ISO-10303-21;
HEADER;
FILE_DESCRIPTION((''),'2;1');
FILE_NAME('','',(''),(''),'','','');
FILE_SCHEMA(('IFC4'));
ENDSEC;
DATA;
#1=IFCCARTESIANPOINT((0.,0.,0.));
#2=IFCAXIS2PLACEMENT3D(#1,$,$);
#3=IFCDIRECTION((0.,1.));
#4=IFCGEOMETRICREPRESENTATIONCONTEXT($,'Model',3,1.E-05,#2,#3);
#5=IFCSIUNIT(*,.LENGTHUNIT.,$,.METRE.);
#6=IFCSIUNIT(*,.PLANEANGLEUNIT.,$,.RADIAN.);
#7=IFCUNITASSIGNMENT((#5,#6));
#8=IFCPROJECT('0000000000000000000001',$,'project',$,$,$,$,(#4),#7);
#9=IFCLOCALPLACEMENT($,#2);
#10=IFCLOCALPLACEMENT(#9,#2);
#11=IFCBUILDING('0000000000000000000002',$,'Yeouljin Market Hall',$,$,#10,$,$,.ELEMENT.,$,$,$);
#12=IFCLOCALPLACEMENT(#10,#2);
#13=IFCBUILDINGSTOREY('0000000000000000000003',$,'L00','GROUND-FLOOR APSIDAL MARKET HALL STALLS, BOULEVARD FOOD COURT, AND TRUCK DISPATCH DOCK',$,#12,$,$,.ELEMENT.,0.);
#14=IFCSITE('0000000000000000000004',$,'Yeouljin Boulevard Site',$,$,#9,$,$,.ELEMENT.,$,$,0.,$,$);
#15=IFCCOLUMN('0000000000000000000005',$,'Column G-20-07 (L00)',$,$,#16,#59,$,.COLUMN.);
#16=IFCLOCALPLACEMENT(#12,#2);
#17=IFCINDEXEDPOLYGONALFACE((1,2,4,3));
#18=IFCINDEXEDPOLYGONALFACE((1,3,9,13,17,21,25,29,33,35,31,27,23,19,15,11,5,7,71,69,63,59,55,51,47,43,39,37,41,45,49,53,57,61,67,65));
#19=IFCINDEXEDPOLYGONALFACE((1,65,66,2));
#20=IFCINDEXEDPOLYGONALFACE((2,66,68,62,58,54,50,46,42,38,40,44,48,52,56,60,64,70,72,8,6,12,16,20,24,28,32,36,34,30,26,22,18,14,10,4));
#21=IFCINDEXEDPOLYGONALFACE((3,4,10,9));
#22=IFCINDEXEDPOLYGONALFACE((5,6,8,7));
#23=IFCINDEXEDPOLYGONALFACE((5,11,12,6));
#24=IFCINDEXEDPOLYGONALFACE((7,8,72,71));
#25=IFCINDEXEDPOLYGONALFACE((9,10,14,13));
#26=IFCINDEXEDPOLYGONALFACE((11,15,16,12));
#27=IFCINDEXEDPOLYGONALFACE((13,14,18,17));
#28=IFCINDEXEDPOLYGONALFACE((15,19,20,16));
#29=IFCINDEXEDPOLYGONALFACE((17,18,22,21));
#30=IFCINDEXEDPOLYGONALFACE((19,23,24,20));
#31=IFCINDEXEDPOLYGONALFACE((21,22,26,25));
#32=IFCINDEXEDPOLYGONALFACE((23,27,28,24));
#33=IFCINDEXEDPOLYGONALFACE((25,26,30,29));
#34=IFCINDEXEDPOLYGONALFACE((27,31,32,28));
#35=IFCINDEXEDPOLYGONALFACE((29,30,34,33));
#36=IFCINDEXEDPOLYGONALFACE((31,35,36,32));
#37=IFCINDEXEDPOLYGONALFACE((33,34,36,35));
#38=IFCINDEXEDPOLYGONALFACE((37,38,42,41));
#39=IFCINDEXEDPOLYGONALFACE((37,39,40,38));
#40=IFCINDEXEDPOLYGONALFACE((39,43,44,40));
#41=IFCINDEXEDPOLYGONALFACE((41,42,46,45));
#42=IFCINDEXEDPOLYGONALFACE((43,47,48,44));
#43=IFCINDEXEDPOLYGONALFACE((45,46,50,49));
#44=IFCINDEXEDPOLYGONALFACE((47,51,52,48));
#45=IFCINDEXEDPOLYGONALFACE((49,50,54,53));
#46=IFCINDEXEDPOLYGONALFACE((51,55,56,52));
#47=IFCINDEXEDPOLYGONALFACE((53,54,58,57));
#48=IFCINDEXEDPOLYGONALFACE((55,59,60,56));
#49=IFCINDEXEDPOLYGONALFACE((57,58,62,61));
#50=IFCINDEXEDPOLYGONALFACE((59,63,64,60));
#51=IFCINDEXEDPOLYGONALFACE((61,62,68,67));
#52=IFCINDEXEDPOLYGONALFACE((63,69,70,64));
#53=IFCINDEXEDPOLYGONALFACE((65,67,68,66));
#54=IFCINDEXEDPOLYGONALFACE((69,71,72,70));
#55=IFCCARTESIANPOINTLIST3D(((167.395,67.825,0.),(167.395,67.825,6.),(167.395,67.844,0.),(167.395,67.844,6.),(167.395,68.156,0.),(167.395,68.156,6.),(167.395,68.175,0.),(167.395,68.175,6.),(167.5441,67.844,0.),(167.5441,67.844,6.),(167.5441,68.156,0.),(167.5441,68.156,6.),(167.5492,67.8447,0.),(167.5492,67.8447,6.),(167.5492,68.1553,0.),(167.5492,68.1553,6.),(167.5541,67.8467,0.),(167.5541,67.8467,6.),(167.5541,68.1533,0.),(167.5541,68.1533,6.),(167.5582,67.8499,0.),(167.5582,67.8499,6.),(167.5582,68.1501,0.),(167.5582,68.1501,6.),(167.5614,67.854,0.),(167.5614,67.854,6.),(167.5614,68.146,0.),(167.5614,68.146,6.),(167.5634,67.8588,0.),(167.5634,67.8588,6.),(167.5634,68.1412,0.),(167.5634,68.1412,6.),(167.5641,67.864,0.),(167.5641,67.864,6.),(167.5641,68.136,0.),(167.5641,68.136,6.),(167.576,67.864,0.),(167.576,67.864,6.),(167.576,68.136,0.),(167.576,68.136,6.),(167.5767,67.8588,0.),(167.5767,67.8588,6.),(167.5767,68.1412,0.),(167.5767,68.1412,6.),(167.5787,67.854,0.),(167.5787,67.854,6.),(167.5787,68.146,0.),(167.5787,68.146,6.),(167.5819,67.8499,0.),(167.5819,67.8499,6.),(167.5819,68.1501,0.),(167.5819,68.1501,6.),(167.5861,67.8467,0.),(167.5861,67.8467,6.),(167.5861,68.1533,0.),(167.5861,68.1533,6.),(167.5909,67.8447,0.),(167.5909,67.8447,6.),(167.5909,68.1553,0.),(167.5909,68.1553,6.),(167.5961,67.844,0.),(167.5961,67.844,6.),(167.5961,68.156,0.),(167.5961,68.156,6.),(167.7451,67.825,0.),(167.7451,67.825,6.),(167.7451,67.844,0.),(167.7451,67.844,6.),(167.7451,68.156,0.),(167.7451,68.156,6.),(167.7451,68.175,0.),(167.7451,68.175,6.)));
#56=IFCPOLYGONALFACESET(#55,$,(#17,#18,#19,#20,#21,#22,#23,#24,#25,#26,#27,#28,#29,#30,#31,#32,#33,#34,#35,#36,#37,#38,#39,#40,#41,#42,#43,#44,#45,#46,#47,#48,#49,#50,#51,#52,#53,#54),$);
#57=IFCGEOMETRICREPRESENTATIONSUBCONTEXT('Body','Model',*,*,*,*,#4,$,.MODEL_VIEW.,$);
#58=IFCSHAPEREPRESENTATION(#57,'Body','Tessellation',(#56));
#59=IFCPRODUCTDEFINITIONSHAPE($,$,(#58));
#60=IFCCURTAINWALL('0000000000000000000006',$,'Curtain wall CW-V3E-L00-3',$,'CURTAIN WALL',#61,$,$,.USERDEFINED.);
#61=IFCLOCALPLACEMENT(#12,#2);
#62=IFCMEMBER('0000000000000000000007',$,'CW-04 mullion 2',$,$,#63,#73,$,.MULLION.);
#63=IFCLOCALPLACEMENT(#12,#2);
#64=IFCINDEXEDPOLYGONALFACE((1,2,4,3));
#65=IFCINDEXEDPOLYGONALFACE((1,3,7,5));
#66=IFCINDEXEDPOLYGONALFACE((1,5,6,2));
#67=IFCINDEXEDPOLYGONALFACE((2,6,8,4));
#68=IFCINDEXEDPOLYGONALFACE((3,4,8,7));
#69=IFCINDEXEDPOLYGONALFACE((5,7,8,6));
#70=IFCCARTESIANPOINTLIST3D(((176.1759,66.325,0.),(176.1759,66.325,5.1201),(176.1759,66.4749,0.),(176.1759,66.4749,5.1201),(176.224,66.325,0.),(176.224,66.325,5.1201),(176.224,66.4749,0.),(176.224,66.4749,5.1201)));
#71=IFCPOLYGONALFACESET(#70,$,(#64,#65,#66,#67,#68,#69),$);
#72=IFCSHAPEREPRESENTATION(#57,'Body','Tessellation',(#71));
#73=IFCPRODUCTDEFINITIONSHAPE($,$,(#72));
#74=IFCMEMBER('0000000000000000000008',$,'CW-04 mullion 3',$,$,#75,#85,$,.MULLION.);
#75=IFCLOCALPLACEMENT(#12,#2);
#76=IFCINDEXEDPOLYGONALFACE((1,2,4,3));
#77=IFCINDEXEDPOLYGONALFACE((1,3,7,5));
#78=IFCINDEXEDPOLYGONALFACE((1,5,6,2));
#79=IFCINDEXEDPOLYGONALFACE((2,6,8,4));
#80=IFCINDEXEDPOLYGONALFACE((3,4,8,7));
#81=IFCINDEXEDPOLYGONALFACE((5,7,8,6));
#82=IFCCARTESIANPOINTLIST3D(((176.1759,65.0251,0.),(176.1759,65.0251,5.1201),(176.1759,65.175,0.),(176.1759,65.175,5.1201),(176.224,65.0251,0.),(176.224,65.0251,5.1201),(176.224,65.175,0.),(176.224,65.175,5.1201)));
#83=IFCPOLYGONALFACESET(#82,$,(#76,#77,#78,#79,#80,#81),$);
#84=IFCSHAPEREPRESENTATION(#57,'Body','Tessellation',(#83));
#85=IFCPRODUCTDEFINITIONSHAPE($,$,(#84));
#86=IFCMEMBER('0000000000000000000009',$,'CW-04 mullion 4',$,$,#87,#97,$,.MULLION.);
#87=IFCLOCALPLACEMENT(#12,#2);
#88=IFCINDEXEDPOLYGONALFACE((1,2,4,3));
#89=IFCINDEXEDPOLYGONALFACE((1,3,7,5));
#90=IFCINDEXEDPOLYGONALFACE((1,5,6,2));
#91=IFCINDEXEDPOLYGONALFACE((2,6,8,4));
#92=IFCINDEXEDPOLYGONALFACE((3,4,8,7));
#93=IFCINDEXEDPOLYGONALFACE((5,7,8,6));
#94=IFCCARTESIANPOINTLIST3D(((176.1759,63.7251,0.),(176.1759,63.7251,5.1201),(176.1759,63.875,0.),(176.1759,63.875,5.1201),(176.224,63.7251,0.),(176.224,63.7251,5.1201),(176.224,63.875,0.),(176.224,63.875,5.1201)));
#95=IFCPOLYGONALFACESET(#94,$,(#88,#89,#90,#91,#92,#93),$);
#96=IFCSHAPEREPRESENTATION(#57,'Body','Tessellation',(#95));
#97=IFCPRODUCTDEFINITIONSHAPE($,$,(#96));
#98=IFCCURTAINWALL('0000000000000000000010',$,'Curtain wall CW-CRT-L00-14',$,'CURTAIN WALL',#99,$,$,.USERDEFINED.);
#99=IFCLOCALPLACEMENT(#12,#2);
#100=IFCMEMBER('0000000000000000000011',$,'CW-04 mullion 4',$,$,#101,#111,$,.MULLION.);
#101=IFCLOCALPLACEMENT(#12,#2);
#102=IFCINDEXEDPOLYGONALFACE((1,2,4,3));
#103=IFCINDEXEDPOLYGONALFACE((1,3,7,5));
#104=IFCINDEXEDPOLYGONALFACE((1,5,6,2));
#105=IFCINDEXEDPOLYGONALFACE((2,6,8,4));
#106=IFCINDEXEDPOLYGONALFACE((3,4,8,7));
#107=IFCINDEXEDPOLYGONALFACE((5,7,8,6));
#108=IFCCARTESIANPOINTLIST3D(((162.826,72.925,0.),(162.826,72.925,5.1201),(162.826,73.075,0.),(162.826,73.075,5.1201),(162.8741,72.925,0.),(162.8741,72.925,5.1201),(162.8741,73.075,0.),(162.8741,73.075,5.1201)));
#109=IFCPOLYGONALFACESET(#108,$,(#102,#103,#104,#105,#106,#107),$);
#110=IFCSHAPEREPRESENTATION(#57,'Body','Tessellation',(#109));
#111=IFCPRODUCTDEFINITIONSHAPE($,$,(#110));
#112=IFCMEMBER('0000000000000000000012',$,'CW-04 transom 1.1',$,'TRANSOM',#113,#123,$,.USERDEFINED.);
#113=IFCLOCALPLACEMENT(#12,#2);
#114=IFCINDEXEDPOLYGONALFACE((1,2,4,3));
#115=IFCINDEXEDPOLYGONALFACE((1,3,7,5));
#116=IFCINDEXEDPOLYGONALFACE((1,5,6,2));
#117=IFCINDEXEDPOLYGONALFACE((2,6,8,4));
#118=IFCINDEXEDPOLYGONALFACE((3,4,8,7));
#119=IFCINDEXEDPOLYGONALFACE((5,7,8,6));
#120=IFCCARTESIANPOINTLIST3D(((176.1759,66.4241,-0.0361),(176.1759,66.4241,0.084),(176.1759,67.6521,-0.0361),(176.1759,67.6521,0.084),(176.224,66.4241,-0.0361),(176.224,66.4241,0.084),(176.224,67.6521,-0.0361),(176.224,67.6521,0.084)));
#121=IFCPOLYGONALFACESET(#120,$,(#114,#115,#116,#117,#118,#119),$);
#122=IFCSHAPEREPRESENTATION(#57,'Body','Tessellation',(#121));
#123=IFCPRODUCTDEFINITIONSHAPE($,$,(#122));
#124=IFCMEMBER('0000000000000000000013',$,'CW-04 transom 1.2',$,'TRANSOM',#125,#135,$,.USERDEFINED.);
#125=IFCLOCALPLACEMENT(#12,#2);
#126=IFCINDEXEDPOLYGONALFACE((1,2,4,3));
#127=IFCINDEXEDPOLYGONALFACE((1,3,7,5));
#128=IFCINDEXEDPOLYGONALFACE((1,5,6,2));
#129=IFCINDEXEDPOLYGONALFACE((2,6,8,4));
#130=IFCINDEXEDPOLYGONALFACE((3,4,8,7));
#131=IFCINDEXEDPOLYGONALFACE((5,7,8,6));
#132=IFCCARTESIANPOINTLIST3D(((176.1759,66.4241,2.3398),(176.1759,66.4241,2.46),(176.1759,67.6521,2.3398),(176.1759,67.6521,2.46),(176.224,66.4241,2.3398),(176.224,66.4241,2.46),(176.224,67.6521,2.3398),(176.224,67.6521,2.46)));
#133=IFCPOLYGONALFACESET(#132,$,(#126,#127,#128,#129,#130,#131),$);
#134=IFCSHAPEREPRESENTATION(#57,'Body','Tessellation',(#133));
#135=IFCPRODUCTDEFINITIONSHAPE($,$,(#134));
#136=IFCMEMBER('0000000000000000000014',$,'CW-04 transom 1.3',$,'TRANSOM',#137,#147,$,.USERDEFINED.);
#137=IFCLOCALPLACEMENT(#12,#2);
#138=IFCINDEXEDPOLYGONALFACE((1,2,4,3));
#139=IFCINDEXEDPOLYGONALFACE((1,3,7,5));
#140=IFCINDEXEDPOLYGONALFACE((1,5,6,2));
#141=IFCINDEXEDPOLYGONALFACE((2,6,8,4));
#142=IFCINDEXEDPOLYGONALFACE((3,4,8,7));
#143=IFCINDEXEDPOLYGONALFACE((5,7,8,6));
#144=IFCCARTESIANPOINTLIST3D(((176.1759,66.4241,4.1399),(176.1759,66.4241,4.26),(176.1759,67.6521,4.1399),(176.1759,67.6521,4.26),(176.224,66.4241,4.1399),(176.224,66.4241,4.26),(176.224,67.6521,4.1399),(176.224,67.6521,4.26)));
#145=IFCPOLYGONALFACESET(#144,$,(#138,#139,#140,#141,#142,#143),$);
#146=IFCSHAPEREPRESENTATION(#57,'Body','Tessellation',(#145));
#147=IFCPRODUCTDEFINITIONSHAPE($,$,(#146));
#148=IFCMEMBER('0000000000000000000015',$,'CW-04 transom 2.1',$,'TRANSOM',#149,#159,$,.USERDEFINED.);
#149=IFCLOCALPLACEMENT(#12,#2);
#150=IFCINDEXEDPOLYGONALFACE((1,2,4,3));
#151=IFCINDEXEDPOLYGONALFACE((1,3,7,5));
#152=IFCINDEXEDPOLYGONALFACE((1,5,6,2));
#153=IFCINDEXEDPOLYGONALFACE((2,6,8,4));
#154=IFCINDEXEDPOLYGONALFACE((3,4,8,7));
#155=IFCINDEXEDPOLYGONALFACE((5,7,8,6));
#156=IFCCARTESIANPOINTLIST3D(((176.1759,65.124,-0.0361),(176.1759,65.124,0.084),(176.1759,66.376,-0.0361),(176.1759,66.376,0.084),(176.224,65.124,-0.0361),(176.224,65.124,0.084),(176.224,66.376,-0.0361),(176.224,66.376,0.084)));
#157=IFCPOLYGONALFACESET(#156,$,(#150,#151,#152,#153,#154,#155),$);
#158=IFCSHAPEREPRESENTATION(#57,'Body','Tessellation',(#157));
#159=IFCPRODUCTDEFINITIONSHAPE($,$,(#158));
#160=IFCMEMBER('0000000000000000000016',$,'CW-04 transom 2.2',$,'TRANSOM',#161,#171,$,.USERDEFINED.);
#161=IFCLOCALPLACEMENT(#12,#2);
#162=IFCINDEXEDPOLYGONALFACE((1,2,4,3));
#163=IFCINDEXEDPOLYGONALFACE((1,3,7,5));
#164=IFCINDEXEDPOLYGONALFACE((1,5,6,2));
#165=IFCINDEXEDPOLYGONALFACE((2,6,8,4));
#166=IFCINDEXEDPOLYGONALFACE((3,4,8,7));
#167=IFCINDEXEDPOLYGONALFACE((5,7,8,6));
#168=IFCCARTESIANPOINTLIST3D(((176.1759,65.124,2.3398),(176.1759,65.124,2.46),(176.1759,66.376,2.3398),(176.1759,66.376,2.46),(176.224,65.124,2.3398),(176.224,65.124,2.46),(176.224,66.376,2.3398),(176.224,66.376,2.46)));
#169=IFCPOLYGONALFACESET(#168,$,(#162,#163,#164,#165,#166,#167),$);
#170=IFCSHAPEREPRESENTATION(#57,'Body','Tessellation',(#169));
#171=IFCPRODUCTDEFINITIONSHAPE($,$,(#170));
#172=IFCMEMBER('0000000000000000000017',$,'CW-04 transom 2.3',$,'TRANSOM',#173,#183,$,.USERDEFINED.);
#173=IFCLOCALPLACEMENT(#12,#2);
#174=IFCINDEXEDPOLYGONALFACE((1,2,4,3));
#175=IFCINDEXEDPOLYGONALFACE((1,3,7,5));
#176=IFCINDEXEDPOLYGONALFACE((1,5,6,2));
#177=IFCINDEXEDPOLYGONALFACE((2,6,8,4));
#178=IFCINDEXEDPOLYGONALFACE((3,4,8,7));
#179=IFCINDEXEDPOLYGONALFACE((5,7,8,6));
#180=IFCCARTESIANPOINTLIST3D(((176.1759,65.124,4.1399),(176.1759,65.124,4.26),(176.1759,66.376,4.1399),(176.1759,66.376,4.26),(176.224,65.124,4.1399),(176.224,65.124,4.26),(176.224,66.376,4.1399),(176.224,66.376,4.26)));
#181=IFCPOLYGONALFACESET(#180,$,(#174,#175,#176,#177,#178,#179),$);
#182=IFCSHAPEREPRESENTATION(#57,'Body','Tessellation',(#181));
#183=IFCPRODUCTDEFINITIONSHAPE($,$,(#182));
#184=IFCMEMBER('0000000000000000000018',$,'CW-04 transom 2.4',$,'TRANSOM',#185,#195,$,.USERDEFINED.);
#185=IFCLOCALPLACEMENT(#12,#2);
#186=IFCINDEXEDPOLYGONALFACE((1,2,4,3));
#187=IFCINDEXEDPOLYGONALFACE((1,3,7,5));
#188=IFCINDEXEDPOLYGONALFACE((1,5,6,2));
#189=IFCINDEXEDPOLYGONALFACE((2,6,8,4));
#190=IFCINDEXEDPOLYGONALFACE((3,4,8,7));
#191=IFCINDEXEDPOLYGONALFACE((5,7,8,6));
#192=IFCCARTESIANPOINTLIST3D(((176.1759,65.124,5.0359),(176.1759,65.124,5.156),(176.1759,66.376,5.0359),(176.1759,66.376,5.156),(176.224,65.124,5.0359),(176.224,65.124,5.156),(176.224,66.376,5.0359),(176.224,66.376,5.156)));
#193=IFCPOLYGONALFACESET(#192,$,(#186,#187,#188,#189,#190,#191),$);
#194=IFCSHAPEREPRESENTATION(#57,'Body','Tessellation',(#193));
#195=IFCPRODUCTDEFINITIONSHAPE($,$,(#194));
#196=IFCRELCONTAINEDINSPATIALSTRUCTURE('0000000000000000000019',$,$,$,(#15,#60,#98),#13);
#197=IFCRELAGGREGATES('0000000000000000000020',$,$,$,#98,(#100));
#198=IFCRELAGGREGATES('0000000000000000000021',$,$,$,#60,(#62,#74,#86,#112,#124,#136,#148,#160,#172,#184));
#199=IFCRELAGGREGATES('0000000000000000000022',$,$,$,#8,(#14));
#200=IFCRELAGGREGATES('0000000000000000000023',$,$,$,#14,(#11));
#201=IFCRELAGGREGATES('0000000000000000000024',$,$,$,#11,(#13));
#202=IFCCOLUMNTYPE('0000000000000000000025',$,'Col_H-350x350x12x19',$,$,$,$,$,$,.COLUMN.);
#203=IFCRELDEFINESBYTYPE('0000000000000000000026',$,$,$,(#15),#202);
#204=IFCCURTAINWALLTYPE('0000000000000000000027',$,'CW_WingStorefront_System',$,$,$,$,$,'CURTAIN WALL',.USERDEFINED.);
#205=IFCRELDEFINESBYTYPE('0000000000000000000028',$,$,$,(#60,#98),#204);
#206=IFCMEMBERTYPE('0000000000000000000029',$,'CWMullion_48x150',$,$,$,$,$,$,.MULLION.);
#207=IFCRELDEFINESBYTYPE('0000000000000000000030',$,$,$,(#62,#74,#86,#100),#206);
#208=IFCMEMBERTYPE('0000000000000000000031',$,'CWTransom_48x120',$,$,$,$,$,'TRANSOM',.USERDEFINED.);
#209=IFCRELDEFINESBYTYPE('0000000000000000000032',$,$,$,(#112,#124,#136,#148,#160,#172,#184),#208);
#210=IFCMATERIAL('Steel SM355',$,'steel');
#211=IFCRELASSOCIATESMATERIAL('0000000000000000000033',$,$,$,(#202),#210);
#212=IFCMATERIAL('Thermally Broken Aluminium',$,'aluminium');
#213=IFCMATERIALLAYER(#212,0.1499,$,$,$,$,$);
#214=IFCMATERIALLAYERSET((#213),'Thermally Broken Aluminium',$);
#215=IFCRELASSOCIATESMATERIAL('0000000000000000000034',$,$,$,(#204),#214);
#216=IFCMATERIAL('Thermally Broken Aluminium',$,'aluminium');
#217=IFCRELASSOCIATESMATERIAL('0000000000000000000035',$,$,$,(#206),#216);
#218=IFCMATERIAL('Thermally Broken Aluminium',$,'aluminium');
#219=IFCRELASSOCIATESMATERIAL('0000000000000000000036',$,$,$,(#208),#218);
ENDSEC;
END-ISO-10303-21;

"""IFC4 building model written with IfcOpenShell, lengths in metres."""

from ifc_helpers import new_model, si_unit, direction, frame, origin, origin_2d, place, context, subcontext, project, spatial, rectangle, i_section, extrude, material, layer, layer_set, material_profile, profile_set, type_object, element, aggregate, save


model = new_model("IFC4")

# Units and contexts
model_context = context("Model", 3, precision=1e-05, world=origin(), true_north=direction((0.0, 1.0)))
body_context = subcontext(model_context, "Body", "Model", "MODEL_VIEW")
ifc_project = project(units=[si_unit("LENGTHUNIT", "METRE"), si_unit("PLANEANGLEUNIT", "RADIAN")], contexts=[model_context])

# Site, building, storey
site_placement = place(None, origin())
site = spatial("IfcSite", under=ifc_project, at=site_placement, Name="Yeouljin Boulevard Site", CompositionType="ELEMENT", RefElevation=0.0)
building_placement = place(site_placement, origin())
building = spatial("IfcBuilding", under=site, at=building_placement, Name="Yeouljin Market Hall", CompositionType="ELEMENT")
storey_placement = place(building_placement, origin())
storey = spatial("IfcBuildingStorey", under=building, at=storey_placement, Name="L00", Description="GROUND-FLOOR APSIDAL MARKET HALL STALLS, BOULEVARD FOOD COURT, AND TRUCK DISPATCH DOCK", CompositionType="ELEMENT", Elevation=0.0)

# Column
ifc_material_1 = material(Name="Steel SM355", Category="steel")
ifc_material_profile_1 = material_profile(ifc_material_1, i_section(OverallWidth=0.3501, OverallDepth=0.3501, WebThickness=0.012, FlangeThickness=0.019, FilletRadius=0.02, at=origin_2d()), Name="H-350x350x12x19")
ifc_profile_set_1 = profile_set([ifc_material_profile_1], Name="Steel SM355")
column_type = type_object("IfcColumnType", Name="Col_H-350x350x12x19", PredefinedType="COLUMN", material=ifc_profile_set_1)
column_placement = place(storey_placement, frame((167.5701, 68.0, 0.0), z_axis=(0.0, 0.0, 1.0), x_axis=(1.0, 0.0, 0.0)))
element("IfcColumn", 1, at=column_placement, inside=storey, type_object=column_type, Name="Column G-20-07 (L00)", PredefinedType="COLUMN", context=body_context, shape_type="SweptSolid", body=[
    extrude(i_section(OverallWidth=0.3501, OverallDepth=0.3501, WebThickness=0.012, FlangeThickness=0.019, FilletRadius=0.02, at=origin_2d()), origin(), (0.0, 0.0, 1.0), 6.0),
])

# Curtain wall, members
ifc_material_2 = material(Name="Thermally Broken Aluminium", Category="aluminium")
ifc_layer_1 = layer(ifc_material_2, 0.1499)
ifc_layer_set_1 = layer_set([ifc_layer_1], Name="Thermally Broken Aluminium")
curtain_wall_type = type_object("IfcCurtainWallType", Name="CW_WingStorefront_System", ElementType="CURTAIN WALL", PredefinedType="USERDEFINED", material=ifc_layer_set_1)
curtain_wall_1_placement = place(storey_placement, origin())
curtain_wall_1 = element("IfcCurtainWall", 2, at=curtain_wall_1_placement, inside=storey, type_object=curtain_wall_type, Name="Curtain wall CW-V3E-L00-3", ObjectType="CURTAIN WALL", PredefinedType="USERDEFINED")
ifc_material_3 = material(Name="Thermally Broken Aluminium", Category="aluminium")
ifc_material_profile_2 = material_profile(ifc_material_3, rectangle(XDim=0.0481, YDim=0.1499, at=origin_2d()), Name="CW-MULL-48x150")
ifc_profile_set_2 = profile_set([ifc_material_profile_2], Name="Thermally Broken Aluminium")
member_type_1 = type_object("IfcMemberType", Name="CWMullion_48x150", PredefinedType="MULLION", material=ifc_profile_set_2)
member_1_placement = place(storey_placement, frame((176.2, 66.3999, 0.0), z_axis=(0.0, 0.0, 1.0), x_axis=(1.0, 0.0, 0.0)))
member_1 = element("IfcMember", 3, at=member_1_placement, type_object=member_type_1, Name="CW-04 mullion 2", PredefinedType="MULLION", context=body_context, shape_type="SweptSolid", body=[
    extrude(rectangle(XDim=0.0481, YDim=0.1499, at=origin_2d()), origin(), (0.0, 0.0, 1.0), 5.1201),
])
member_2_placement = place(storey_placement, frame((176.2, 65.1001, 0.0), z_axis=(0.0, 0.0, 1.0), x_axis=(1.0, 0.0, 0.0)))
member_2 = element("IfcMember", 4, at=member_2_placement, type_object=member_type_1, Name="CW-04 mullion 3", PredefinedType="MULLION", context=body_context, shape_type="SweptSolid", body=[
    extrude(rectangle(XDim=0.0481, YDim=0.1499, at=origin_2d()), origin(), (0.0, 0.0, 1.0), 5.1201),
])
member_3_placement = place(storey_placement, frame((176.2, 63.8, 0.0), z_axis=(0.0, 0.0, 1.0), x_axis=(1.0, 0.0, 0.0)))
member_3 = element("IfcMember", 5, at=member_3_placement, type_object=member_type_1, Name="CW-04 mullion 4", PredefinedType="MULLION", context=body_context, shape_type="SweptSolid", body=[
    extrude(rectangle(XDim=0.0481, YDim=0.1499, at=origin_2d()), origin(), (0.0, 0.0, 1.0), 5.1201),
])

# Curtain wall, member
curtain_wall_2_placement = place(storey_placement, origin())
curtain_wall_2 = element("IfcCurtainWall", 6, at=curtain_wall_2_placement, inside=storey, type_object=curtain_wall_type, Name="Curtain wall CW-CRT-L00-14", ObjectType="CURTAIN WALL", PredefinedType="USERDEFINED")
member_4_placement = place(storey_placement, frame((162.8501, 73.0, 0.0), z_axis=(0.0, 0.0, 1.0), x_axis=(1.0, 0.0, 0.0)))
member_4 = element("IfcMember", 7, at=member_4_placement, type_object=member_type_1, Name="CW-04 mullion 4", PredefinedType="MULLION", context=body_context, shape_type="SweptSolid", body=[
    extrude(rectangle(XDim=0.0481, YDim=0.1499, at=origin_2d()), origin(), (0.0, 0.0, 1.0), 5.1201),
])

# Members
ifc_material_4 = material(Name="Thermally Broken Aluminium", Category="aluminium")
ifc_material_profile_3 = material_profile(ifc_material_4, rectangle(XDim=0.0481, YDim=0.1201, at=origin_2d()), Name="CW-TRAN-48x120")
ifc_profile_set_3 = profile_set([ifc_material_profile_3], Name="Thermally Broken Aluminium")
member_type_2 = type_object("IfcMemberType", Name="CWTransom_48x120", ElementType="TRANSOM", PredefinedType="USERDEFINED", material=ifc_profile_set_3)
member_5_placement = place(storey_placement, frame((176.2, 67.6521, 0.0239), z_axis=(0.0, -1.0, 0.0), x_axis=(1.0, 0.0, 0.0)))
member_5 = element("IfcMember", 8, at=member_5_placement, type_object=member_type_2, Name="CW-04 transom 1.1", ObjectType="TRANSOM", PredefinedType="USERDEFINED", context=body_context, shape_type="SweptSolid", body=[
    extrude(rectangle(XDim=0.0481, YDim=0.1201, at=origin_2d()), origin(), (0.0, 0.0, 1.0), 1.228),
])
member_6_placement = place(storey_placement, frame((176.2, 67.6521, 2.3999), z_axis=(0.0, -1.0, 0.0), x_axis=(1.0, 0.0, 0.0)))
member_6 = element("IfcMember", 9, at=member_6_placement, type_object=member_type_2, Name="CW-04 transom 1.2", ObjectType="TRANSOM", PredefinedType="USERDEFINED", context=body_context, shape_type="SweptSolid", body=[
    extrude(rectangle(XDim=0.0481, YDim=0.1201, at=origin_2d()), origin(), (0.0, 0.0, 1.0), 1.228),
])
member_7_placement = place(storey_placement, frame((176.2, 67.6521, 4.2), z_axis=(0.0, -1.0, 0.0), x_axis=(1.0, 0.0, 0.0)))
member_7 = element("IfcMember", 10, at=member_7_placement, type_object=member_type_2, Name="CW-04 transom 1.3", ObjectType="TRANSOM", PredefinedType="USERDEFINED", context=body_context, shape_type="SweptSolid", body=[
    extrude(rectangle(XDim=0.0481, YDim=0.1201, at=origin_2d()), origin(), (0.0, 0.0, 1.0), 1.228),
])
member_8_placement = place(storey_placement, frame((176.2, 66.376, 0.0239), z_axis=(0.0, -1.0, 0.0), x_axis=(1.0, 0.0, 0.0)))
member_8 = element("IfcMember", 11, at=member_8_placement, type_object=member_type_2, Name="CW-04 transom 2.1", ObjectType="TRANSOM", PredefinedType="USERDEFINED", context=body_context, shape_type="SweptSolid", body=[
    extrude(rectangle(XDim=0.0481, YDim=0.1201, at=origin_2d()), origin(), (0.0, 0.0, 1.0), 1.252),
])
member_9_placement = place(storey_placement, frame((176.2, 66.376, 2.3999), z_axis=(0.0, -1.0, 0.0), x_axis=(1.0, 0.0, 0.0)))
member_9 = element("IfcMember", 12, at=member_9_placement, type_object=member_type_2, Name="CW-04 transom 2.2", ObjectType="TRANSOM", PredefinedType="USERDEFINED", context=body_context, shape_type="SweptSolid", body=[
    extrude(rectangle(XDim=0.0481, YDim=0.1201, at=origin_2d()), origin(), (0.0, 0.0, 1.0), 1.252),
])
member_10_placement = place(storey_placement, frame((176.2, 66.376, 4.2), z_axis=(0.0, -1.0, 0.0), x_axis=(1.0, 0.0, 0.0)))
member_10 = element("IfcMember", 13, at=member_10_placement, type_object=member_type_2, Name="CW-04 transom 2.3", ObjectType="TRANSOM", PredefinedType="USERDEFINED", context=body_context, shape_type="SweptSolid", body=[
    extrude(rectangle(XDim=0.0481, YDim=0.1201, at=origin_2d()), origin(), (0.0, 0.0, 1.0), 1.252),
])
member_11_placement = place(storey_placement, frame((176.2, 66.376, 5.0959), z_axis=(0.0, -1.0, 0.0), x_axis=(1.0, 0.0, 0.0)))
member_11 = element("IfcMember", 14, at=member_11_placement, type_object=member_type_2, Name="CW-04 transom 2.4", ObjectType="TRANSOM", PredefinedType="USERDEFINED", context=body_context, shape_type="SweptSolid", body=[
    extrude(rectangle(XDim=0.0481, YDim=0.1201, at=origin_2d()), origin(), (0.0, 0.0, 1.0), 1.252),
])
aggregate(curtain_wall_2, [member_4])

aggregate(curtain_wall_1, [member_1, member_2, member_3, member_5, member_6, member_7, member_8, member_9, member_10, member_11])

save(model, "model.ifc")
